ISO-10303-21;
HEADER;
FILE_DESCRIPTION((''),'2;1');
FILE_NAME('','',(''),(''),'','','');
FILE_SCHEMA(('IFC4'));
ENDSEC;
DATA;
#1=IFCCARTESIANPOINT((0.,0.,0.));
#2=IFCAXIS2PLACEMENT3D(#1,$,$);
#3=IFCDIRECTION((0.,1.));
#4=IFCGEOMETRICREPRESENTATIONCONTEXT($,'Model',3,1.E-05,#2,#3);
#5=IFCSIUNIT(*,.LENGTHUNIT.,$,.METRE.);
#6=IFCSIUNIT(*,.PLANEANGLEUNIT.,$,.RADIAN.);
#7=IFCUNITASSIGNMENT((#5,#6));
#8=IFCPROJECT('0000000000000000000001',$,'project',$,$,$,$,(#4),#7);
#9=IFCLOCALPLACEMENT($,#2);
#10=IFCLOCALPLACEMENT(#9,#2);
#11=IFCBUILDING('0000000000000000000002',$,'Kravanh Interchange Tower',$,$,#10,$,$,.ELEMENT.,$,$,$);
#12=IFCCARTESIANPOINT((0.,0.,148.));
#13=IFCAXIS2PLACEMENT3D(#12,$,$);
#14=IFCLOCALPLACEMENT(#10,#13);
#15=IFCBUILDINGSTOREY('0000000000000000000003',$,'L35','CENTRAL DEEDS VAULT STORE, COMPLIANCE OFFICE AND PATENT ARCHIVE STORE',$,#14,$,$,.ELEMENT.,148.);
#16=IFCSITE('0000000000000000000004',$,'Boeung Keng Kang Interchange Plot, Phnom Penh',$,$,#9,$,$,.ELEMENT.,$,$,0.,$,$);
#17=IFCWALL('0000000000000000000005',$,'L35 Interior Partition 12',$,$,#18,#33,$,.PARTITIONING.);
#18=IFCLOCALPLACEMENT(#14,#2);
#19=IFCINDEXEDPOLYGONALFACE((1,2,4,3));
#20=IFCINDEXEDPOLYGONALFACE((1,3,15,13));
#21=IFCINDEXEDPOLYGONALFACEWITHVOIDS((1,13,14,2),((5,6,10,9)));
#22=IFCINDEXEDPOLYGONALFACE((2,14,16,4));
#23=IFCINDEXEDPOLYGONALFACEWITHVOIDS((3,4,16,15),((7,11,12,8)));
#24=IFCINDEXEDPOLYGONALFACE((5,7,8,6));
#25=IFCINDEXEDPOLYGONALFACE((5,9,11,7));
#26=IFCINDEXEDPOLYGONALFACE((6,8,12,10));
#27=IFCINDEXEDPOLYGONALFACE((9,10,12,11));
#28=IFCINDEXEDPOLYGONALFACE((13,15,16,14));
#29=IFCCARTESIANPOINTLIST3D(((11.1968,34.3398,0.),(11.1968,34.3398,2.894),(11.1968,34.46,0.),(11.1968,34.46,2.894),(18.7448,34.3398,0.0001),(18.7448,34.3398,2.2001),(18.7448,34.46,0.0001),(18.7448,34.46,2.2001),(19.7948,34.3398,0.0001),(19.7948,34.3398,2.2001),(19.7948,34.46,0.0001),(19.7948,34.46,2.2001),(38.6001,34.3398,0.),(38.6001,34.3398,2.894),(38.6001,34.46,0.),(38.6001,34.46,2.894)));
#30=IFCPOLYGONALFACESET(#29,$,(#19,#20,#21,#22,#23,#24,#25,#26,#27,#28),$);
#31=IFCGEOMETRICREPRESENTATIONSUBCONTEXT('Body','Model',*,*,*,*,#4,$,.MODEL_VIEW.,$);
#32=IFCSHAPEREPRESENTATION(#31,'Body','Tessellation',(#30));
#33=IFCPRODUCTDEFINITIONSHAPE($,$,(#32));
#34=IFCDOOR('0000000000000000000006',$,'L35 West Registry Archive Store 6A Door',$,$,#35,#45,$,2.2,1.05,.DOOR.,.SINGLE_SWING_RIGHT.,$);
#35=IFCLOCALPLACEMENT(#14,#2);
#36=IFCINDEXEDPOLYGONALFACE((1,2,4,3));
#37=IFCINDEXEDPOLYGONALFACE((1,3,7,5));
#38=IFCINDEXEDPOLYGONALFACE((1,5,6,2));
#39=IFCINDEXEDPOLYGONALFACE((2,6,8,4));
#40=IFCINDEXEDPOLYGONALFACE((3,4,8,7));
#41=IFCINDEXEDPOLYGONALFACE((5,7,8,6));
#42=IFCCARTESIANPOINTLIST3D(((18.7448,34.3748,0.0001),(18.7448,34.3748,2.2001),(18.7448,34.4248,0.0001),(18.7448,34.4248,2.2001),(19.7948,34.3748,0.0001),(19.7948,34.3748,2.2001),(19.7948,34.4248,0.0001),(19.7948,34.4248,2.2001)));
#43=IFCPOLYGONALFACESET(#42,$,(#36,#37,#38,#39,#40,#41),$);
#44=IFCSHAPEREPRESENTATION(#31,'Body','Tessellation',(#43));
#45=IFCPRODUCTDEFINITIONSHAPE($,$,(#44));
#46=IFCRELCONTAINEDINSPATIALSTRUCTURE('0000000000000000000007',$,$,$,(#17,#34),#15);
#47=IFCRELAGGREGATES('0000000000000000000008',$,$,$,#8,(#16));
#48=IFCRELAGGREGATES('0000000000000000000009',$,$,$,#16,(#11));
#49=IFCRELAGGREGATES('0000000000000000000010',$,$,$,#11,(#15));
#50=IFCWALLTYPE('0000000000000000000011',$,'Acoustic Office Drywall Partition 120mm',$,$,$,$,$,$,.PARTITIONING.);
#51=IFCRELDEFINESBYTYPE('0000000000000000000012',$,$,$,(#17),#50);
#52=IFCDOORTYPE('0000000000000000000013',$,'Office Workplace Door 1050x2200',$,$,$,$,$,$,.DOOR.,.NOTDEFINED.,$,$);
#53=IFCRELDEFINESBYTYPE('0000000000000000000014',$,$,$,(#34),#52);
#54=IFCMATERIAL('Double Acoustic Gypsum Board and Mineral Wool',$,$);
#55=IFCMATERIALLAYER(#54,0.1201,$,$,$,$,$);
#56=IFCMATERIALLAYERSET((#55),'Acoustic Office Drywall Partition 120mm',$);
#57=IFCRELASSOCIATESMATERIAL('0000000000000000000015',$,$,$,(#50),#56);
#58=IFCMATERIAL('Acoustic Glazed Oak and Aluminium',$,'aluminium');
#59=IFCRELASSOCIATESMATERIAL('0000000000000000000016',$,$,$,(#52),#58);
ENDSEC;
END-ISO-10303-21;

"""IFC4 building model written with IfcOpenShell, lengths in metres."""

from ifc_helpers import new_model, si_unit, direction, frame, frame_2d, origin, place, context, subcontext, project, spatial, rectangle, extrude, material, layer, layer_set, type_object, element, fill, save


model = new_model("IFC4")

# Units and contexts
model_context = context("Model", 3, precision=1e-05, world=origin(), true_north=direction((0.0, 1.0)))
body_context = subcontext(model_context, "Body", "Model", "MODEL_VIEW")
ifc_project = project(units=[si_unit("LENGTHUNIT", "METRE"), si_unit("PLANEANGLEUNIT", "RADIAN")], contexts=[model_context])

# Site, building, storey
site_placement = place(None, origin())
site = spatial("IfcSite", under=ifc_project, at=site_placement, Name="Boeung Keng Kang Interchange Plot, Phnom Penh", CompositionType="ELEMENT", RefElevation=0.0)
building_placement = place(site_placement, origin())
building = spatial("IfcBuilding", under=site, at=building_placement, Name="Kravanh Interchange Tower", CompositionType="ELEMENT")
storey_placement = place(building_placement, frame((0.0, 0.0, 148.0)))
storey = spatial("IfcBuildingStorey", under=building, at=storey_placement, Name="L35", Description="CENTRAL DEEDS VAULT STORE, COMPLIANCE OFFICE AND PATENT ARCHIVE STORE", CompositionType="ELEMENT", Elevation=148.0)

# Wall, opening, door
ifc_material_1 = material(Name="Double Acoustic Gypsum Board and Mineral Wool")
ifc_layer_1 = layer(ifc_material_1, 0.1201)
ifc_layer_set_1 = layer_set([ifc_layer_1], Name="Acoustic Office Drywall Partition 120mm")
wall_type = type_object("IfcWallType", Name="Acoustic Office Drywall Partition 120mm", PredefinedType="PARTITIONING", material=ifc_layer_set_1)
wall_placement = place(storey_placement, frame((11.1968, 34.3999, 0.0), z_axis=(0.0, 0.0, 1.0), x_axis=(1.0, 0.0, 0.0)))
wall = element("IfcWall", 1, at=wall_placement, inside=storey, type_object=wall_type, Name="L35 Interior Partition 12", PredefinedType="PARTITIONING", context=body_context, shape_type="SweptSolid", body=[
    extrude(rectangle(XDim=27.4033, YDim=0.1201, at=frame_2d((13.7017, 0.0))), origin(), (0.0, 0.0, 1.0), 2.894),
])
opening_placement = place(wall_placement, frame((7.5481, 0.0, 0.0)))
opening = element("IfcOpeningElement", 2, at=opening_placement, cuts=wall, PredefinedType="OPENING", context=body_context, shape_type="SweptSolid", body=[
    extrude(rectangle(XDim=1.05, YDim=2.2, at=frame_2d((0.5249, 1.1001))), frame((0.0, 0.0701, 0.0), z_axis=(0.0, -1.0, 0.0), x_axis=(1.0, 0.0, 0.0)), (0.0, 0.0, 1.0), 0.1401),
])
ifc_material_2 = material(Name="Acoustic Glazed Oak and Aluminium", Category="aluminium")
door_type = type_object("IfcDoorType", Name="Office Workplace Door 1050x2200", OperationType="NOTDEFINED", PredefinedType="DOOR", material=ifc_material_2)
door_placement = place(opening_placement, origin())
door = element("IfcDoor", 3, at=door_placement, inside=storey, type_object=door_type, Name="L35 West Registry Archive Store 6A Door", OperationType="SINGLE_SWING_RIGHT", OverallHeight=2.2, OverallWidth=1.05, PredefinedType="DOOR", context=body_context, shape_type="SweptSolid", body=[
    extrude(rectangle(XDim=1.05, YDim=2.2, at=frame_2d((0.5249, 1.1001))), frame((0.0, 0.0249, 0.0), z_axis=(0.0, -1.0, 0.0), x_axis=(1.0, 0.0, 0.0)), (0.0, 0.0, 1.0), 0.05),
])
fill(opening, door)

save(model, "model.ifc")
